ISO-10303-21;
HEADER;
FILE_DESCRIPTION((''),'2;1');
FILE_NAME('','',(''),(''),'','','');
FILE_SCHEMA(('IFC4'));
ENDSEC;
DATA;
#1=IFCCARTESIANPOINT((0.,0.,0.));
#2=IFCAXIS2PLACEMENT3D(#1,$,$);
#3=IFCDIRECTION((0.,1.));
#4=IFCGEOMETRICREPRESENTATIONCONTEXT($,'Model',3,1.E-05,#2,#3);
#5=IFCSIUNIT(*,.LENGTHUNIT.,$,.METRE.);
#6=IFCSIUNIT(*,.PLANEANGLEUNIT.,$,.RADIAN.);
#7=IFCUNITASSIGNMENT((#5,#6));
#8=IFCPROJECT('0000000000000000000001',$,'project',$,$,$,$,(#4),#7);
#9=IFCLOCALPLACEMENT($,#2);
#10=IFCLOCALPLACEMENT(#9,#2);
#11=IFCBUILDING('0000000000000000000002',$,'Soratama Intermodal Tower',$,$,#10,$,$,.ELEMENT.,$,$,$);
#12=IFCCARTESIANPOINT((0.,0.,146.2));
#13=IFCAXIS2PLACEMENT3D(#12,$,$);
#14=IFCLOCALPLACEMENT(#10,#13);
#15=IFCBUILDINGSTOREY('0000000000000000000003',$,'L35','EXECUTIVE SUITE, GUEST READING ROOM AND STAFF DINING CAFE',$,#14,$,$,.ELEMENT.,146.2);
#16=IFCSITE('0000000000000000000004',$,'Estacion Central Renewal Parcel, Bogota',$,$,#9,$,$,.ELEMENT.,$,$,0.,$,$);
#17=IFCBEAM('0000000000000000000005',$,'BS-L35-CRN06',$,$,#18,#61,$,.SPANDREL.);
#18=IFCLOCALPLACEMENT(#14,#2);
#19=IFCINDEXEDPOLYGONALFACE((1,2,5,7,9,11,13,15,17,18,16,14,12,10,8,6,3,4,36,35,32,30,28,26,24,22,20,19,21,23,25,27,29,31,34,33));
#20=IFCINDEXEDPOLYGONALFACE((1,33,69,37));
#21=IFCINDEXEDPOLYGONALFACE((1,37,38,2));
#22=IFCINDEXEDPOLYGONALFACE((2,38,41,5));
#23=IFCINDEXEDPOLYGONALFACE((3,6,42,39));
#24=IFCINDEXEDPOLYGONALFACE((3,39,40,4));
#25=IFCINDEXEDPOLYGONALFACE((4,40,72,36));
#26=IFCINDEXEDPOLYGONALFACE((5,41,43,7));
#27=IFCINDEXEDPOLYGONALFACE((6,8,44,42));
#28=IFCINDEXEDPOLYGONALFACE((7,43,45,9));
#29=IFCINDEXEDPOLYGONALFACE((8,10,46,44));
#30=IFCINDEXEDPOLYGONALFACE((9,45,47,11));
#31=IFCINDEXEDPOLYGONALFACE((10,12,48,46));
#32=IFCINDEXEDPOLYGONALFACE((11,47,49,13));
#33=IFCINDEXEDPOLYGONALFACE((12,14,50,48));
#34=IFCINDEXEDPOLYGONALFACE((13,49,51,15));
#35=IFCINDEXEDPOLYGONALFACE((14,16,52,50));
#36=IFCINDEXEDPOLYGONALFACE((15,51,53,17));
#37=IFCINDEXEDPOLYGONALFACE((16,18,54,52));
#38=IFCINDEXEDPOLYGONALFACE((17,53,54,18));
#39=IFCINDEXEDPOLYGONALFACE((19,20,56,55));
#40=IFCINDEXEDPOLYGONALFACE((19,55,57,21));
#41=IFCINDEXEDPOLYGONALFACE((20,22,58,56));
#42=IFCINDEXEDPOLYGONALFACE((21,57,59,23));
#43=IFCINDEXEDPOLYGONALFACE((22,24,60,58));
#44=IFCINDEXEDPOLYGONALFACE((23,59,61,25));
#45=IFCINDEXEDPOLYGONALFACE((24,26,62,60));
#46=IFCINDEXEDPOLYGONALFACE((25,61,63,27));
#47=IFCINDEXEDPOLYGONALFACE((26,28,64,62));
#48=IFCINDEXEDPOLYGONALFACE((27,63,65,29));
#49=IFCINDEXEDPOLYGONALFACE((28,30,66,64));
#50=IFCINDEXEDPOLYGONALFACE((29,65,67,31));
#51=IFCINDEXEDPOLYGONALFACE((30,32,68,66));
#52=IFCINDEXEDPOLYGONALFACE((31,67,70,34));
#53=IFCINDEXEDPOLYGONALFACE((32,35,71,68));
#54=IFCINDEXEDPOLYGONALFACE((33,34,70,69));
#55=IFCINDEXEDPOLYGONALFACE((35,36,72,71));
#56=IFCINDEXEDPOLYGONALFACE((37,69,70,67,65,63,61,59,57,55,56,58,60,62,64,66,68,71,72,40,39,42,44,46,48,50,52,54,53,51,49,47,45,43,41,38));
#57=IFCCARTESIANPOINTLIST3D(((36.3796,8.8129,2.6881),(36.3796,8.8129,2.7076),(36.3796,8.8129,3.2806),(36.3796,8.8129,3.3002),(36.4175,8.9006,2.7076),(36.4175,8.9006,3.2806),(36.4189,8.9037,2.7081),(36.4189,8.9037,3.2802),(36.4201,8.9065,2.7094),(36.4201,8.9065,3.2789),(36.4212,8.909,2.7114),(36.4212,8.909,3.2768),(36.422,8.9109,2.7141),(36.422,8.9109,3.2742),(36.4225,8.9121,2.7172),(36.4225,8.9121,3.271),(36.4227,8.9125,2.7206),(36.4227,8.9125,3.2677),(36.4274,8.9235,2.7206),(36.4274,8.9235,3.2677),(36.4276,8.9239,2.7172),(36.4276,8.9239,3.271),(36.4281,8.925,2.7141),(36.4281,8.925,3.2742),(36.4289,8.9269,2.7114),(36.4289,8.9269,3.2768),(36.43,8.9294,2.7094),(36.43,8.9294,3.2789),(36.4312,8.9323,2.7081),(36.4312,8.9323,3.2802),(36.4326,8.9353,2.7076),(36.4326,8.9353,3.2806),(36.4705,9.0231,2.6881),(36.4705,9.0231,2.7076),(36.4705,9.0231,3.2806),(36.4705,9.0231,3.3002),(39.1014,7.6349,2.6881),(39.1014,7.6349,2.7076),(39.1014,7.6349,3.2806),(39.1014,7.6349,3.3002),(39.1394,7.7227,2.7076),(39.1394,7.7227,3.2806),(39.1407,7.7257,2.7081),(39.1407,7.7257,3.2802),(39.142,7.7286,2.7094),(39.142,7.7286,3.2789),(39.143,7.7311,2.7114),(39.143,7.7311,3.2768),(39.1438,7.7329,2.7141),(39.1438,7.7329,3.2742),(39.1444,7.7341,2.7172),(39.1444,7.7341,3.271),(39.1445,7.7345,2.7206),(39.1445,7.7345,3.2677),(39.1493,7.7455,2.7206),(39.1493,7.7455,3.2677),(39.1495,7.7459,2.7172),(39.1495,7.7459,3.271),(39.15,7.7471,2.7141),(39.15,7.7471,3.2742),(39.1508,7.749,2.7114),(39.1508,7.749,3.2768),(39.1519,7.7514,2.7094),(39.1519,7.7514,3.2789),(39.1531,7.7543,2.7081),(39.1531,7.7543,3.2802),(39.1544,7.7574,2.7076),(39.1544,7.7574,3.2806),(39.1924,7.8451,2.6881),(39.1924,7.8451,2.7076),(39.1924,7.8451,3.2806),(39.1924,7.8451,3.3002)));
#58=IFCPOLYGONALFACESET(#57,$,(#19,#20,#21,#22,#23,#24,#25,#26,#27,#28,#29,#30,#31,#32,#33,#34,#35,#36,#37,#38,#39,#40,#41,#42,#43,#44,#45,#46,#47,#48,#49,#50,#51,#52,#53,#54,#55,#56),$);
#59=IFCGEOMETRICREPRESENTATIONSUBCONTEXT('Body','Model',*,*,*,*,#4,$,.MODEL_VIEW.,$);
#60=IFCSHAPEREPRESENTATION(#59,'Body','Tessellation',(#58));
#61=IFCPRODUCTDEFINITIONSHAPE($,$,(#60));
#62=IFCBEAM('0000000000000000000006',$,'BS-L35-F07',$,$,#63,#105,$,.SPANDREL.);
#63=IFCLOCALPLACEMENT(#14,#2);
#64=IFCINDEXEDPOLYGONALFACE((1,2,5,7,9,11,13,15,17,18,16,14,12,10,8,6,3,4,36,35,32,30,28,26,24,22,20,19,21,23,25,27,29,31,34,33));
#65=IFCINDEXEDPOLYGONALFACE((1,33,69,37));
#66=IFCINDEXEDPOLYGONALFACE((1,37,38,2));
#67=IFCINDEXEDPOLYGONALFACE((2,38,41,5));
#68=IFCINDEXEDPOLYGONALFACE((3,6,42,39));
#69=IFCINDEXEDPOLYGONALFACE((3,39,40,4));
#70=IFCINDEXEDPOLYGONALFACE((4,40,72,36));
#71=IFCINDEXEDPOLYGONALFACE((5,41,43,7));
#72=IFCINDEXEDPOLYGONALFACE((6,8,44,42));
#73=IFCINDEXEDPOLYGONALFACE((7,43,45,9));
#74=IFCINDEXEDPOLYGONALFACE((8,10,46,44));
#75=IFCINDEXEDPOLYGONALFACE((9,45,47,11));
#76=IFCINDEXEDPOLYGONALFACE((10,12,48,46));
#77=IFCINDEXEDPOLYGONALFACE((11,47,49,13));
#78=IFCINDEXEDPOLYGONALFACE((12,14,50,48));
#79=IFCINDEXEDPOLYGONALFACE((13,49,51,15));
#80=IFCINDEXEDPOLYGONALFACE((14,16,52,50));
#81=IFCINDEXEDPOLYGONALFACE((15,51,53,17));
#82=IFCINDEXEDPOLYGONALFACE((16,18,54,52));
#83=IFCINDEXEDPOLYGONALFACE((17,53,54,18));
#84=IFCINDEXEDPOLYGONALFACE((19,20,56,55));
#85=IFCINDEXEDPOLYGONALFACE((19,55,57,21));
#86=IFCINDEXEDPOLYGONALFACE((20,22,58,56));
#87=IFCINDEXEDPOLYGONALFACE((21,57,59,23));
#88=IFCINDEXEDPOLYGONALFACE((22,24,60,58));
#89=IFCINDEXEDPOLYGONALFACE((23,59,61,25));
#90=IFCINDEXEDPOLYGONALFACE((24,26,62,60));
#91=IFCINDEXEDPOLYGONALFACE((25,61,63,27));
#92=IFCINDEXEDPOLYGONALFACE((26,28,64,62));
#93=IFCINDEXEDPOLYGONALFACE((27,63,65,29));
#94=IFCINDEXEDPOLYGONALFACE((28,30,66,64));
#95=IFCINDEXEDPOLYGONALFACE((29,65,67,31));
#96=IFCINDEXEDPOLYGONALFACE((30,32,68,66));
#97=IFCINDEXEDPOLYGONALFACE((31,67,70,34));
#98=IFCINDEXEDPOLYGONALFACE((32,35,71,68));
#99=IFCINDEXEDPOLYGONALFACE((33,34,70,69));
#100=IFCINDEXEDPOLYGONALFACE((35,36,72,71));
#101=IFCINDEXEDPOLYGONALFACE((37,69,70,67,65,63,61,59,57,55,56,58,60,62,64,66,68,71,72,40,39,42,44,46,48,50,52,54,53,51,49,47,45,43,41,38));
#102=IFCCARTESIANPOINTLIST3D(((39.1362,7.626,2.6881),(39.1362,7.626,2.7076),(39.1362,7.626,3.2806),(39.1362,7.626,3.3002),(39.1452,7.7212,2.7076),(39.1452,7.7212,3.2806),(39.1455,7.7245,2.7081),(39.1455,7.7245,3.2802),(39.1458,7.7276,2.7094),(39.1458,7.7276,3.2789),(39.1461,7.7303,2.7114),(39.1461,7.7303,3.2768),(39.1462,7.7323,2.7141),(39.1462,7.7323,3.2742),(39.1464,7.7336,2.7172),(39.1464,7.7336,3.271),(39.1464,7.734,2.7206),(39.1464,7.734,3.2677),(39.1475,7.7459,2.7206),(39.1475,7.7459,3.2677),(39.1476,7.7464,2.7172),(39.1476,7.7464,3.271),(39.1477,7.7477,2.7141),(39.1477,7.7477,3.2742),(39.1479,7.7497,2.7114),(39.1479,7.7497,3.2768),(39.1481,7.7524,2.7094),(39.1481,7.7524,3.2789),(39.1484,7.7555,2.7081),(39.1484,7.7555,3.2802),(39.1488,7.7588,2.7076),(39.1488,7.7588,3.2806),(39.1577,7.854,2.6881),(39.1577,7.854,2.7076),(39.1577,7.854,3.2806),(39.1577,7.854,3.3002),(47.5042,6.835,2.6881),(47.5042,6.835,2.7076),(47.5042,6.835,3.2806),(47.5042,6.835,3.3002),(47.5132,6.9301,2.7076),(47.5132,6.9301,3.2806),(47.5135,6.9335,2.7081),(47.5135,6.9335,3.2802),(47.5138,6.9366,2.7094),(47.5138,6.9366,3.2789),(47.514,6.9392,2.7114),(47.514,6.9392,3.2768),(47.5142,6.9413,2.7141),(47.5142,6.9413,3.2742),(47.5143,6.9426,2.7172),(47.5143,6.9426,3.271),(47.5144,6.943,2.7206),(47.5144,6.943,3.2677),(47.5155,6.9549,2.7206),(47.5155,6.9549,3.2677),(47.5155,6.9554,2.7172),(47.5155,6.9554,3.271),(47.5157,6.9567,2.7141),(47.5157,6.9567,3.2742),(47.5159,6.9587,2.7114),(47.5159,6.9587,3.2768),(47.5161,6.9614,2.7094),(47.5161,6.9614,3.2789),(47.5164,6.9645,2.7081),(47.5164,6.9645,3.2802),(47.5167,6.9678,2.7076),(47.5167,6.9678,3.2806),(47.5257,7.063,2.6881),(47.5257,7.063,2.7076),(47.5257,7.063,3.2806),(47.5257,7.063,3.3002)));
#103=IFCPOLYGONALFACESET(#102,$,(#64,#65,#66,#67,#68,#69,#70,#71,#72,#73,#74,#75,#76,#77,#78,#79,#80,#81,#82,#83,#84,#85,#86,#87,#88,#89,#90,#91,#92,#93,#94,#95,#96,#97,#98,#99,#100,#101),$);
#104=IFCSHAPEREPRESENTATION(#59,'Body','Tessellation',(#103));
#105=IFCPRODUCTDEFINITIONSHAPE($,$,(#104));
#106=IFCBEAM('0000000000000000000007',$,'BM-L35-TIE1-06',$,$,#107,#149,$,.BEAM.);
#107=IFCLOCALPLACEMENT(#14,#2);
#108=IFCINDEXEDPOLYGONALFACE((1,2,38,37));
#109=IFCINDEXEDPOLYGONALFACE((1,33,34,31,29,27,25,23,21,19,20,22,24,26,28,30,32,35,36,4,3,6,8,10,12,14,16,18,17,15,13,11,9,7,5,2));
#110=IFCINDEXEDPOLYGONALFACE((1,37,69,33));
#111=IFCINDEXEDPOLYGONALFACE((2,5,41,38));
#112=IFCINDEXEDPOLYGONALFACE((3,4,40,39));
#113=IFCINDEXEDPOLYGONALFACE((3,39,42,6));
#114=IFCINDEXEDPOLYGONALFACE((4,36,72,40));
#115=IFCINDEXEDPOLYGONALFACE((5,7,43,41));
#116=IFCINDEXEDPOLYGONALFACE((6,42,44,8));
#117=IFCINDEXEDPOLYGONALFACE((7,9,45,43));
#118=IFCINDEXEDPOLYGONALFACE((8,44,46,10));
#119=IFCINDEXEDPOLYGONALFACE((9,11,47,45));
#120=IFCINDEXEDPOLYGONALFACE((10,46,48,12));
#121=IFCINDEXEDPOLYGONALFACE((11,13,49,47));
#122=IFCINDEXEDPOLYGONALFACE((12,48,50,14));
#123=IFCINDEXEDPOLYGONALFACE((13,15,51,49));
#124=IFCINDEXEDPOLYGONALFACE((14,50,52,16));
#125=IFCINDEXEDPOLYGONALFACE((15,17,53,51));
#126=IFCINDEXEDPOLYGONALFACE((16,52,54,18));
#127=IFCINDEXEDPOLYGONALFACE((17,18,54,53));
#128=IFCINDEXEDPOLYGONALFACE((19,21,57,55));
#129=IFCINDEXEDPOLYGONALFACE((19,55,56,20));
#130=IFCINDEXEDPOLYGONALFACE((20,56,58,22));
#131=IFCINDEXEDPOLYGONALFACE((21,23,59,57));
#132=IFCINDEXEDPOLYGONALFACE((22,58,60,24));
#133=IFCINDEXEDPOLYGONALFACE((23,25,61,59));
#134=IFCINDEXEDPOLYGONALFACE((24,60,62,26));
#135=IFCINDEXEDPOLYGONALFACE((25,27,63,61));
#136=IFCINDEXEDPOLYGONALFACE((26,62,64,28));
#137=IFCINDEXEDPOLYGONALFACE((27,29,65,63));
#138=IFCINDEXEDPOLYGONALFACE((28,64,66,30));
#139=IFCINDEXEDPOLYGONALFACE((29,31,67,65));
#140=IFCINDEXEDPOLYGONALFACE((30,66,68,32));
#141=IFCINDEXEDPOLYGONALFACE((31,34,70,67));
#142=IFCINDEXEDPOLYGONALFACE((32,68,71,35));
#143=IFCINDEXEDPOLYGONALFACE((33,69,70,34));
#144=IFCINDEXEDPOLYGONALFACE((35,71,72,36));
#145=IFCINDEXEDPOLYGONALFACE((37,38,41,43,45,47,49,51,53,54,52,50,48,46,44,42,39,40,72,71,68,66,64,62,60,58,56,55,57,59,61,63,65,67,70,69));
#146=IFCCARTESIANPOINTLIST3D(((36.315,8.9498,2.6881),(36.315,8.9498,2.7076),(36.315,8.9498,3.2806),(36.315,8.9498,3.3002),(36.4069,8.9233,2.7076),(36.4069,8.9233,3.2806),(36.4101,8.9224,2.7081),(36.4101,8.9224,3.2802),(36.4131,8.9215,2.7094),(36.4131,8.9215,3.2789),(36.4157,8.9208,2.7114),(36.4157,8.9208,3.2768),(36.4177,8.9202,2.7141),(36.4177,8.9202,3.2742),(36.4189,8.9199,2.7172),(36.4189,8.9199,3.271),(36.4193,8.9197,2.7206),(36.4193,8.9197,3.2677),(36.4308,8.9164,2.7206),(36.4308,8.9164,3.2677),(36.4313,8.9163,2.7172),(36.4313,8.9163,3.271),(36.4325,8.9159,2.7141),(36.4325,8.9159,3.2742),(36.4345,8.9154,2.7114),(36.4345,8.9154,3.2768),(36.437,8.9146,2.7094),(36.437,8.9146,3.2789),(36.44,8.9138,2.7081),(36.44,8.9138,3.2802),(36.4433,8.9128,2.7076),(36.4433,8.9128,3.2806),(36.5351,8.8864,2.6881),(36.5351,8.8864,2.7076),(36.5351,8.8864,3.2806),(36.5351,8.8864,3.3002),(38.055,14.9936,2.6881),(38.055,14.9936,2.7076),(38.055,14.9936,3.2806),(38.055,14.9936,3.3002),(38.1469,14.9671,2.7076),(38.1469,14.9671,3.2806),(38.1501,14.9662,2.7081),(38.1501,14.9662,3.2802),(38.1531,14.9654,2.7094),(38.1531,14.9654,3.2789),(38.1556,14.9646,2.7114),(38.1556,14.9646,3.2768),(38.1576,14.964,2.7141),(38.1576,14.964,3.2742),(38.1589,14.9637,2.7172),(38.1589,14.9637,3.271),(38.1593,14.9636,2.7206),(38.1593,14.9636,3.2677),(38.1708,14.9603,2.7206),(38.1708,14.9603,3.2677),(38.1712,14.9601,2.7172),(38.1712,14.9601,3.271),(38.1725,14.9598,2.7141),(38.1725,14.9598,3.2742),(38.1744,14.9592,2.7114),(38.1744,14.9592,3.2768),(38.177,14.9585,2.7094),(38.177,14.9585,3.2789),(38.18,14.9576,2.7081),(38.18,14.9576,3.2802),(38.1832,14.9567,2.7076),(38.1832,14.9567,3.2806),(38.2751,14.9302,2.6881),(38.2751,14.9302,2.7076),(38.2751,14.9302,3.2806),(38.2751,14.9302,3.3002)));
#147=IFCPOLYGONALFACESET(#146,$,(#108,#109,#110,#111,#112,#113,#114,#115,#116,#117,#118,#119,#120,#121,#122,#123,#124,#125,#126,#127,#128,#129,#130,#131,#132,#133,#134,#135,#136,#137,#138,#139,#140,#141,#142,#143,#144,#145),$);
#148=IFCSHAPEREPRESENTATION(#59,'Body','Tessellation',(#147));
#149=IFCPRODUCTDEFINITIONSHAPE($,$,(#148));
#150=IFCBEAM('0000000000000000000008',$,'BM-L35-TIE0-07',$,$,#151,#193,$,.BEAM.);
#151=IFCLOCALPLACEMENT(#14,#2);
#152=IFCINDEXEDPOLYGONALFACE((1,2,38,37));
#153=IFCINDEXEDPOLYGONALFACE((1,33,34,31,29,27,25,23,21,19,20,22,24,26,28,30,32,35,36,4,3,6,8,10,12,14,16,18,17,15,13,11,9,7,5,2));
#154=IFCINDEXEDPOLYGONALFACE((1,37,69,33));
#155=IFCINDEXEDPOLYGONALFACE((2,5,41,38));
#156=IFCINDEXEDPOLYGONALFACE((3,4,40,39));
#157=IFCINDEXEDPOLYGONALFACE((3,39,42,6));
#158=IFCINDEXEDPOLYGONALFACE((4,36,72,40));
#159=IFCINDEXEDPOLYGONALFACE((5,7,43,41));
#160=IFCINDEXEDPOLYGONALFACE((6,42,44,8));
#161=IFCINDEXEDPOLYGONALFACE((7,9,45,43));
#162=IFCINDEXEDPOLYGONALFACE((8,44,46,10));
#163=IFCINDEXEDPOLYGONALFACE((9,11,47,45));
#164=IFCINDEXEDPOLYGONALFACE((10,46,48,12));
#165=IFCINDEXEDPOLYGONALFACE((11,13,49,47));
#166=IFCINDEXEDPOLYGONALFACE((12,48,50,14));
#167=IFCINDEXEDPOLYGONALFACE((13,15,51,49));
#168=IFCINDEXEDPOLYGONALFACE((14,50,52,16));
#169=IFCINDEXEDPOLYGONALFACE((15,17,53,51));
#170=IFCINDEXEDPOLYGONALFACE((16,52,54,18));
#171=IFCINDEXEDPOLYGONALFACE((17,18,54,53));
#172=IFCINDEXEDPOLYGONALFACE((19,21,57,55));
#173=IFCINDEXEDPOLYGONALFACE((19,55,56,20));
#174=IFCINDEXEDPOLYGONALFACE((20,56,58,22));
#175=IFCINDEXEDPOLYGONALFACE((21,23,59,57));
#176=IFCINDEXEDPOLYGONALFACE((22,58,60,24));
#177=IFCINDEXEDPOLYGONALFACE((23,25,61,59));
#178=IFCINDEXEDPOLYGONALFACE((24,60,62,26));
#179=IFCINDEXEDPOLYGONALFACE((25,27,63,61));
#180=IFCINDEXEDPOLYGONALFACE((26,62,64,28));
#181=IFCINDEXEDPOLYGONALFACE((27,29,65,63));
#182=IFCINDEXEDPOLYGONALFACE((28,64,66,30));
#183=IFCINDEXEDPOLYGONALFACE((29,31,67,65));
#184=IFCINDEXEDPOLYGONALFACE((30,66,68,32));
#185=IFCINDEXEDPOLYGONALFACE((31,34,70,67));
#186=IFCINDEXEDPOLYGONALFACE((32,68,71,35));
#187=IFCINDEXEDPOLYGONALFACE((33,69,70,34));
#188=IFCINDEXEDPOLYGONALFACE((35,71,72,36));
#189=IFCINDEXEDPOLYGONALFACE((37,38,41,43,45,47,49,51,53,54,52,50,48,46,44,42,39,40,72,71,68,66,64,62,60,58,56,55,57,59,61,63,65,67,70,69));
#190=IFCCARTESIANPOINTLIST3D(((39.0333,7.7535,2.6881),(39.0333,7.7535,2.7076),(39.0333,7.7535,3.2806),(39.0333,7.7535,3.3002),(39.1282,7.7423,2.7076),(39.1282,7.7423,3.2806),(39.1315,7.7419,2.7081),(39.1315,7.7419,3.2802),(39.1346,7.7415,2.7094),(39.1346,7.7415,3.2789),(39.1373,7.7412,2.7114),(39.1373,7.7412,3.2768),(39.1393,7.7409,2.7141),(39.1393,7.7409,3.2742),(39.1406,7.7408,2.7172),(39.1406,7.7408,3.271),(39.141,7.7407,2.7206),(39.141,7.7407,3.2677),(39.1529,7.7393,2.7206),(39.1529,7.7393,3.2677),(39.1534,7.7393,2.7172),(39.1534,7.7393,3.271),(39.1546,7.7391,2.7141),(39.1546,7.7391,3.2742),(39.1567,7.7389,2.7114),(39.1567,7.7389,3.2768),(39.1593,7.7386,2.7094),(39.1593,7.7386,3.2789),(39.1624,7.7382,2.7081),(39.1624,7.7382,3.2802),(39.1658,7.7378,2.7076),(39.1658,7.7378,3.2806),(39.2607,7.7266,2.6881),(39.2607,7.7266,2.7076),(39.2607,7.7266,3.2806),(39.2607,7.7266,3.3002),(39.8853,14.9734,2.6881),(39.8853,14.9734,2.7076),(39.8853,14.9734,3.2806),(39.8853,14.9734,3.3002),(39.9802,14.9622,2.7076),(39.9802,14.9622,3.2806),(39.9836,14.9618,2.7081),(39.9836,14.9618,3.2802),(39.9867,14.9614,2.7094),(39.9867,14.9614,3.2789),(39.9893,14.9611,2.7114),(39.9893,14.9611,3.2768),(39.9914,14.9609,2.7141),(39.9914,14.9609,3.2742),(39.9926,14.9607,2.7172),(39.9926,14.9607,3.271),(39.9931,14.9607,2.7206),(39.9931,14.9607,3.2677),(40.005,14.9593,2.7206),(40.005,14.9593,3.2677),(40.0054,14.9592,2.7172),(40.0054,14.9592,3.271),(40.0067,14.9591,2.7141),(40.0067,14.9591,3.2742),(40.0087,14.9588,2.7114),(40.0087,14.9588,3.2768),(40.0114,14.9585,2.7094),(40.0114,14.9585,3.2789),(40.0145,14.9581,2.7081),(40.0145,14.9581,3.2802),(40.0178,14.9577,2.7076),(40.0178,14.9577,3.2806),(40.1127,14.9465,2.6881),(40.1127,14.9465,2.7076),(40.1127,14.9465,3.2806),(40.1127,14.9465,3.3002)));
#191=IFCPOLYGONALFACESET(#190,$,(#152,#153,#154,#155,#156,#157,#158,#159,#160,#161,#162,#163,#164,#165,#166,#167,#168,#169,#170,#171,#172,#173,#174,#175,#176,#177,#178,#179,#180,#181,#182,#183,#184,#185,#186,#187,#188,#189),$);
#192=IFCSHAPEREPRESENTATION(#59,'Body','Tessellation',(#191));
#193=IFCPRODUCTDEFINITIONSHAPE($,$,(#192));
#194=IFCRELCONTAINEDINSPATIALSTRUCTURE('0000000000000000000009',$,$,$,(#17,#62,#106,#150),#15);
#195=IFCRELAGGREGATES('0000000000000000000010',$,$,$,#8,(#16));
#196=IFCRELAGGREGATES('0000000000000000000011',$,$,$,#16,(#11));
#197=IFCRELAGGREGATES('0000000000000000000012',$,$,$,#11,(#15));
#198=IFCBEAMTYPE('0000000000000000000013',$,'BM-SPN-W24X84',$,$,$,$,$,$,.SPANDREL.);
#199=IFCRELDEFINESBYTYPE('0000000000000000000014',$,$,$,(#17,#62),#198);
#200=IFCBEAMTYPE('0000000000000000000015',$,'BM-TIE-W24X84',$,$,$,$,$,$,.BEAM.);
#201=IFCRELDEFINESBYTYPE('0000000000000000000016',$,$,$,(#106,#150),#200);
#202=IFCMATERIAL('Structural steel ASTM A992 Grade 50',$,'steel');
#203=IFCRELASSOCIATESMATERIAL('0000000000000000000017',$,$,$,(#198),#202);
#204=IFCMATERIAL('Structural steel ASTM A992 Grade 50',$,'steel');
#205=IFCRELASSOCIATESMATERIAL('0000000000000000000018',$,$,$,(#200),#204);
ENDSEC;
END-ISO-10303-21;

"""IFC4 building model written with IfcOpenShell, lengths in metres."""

from ifc_helpers import new_model, si_unit, direction, frame, origin, origin_2d, place, context, subcontext, project, spatial, i_section, extrude, material, material_profile, profile_set, type_object, element, save


model = new_model("IFC4")

# Units and contexts
model_context = context("Model", 3, precision=1e-05, world=origin(), true_north=direction((0.0, 1.0)))
body_context = subcontext(model_context, "Body", "Model", "MODEL_VIEW")
ifc_project = project(units=[si_unit("LENGTHUNIT", "METRE"), si_unit("PLANEANGLEUNIT", "RADIAN")], contexts=[model_context])

# Site, building, storey
site_placement = place(None, origin())
site = spatial("IfcSite", under=ifc_project, at=site_placement, Name="Estacion Central Renewal Parcel, Bogota", CompositionType="ELEMENT", RefElevation=0.0)
building_placement = place(site_placement, origin())
building = spatial("IfcBuilding", under=site, at=building_placement, Name="Soratama Intermodal Tower", CompositionType="ELEMENT")
storey_placement = place(building_placement, frame((0.0, 0.0, 146.2)))
storey = spatial("IfcBuildingStorey", under=building, at=storey_placement, Name="L35", Description="EXECUTIVE SUITE, GUEST READING ROOM AND STAFF DINING CAFE", CompositionType="ELEMENT", Elevation=146.2)

# Beams
ifc_material_1 = material(Name="Structural steel ASTM A992 Grade 50", Category="steel")
ifc_material_profile_1 = material_profile(ifc_material_1, i_section(OverallWidth=0.229, OverallDepth=0.6121, WebThickness=0.012, FlangeThickness=0.0195, FilletRadius=0.0129, at=origin_2d()), Name="W24X84")
ifc_profile_set_1 = profile_set([ifc_material_profile_1], Name="Structural steel ASTM A992 Grade 50")
beam_type_1 = type_object("IfcBeamType", Name="BM-SPN-W24X84", PredefinedType="SPANDREL", material=ifc_profile_set_1)
beam_1_placement = place(storey_placement, frame((36.425, 8.918, 2.9941), z_axis=(0.917743, -0.397175, 0.0), x_axis=(0.397175, 0.917743, 0.0)))
element("IfcBeam", 1, at=beam_1_placement, inside=storey, type_object=beam_type_1, Name="BS-L35-CRN06", PredefinedType="SPANDREL", context=body_context, shape_type="SweptSolid", body=[
    extrude(i_section(OverallWidth=0.229, OverallDepth=0.6121, WebThickness=0.012, FlangeThickness=0.0195, FilletRadius=0.0129, at=origin_2d()), origin(), (0.0, 0.0, 1.0), 2.9658),
])
beam_2_placement = place(storey_placement, frame((39.147, 7.74, 2.9941), z_axis=(0.995562, -0.09411, 0.0), x_axis=(0.09411, 0.995562, 0.0)))
element("IfcBeam", 2, at=beam_2_placement, inside=storey, type_object=beam_type_1, Name="BS-L35-F07", PredefinedType="SPANDREL", context=body_context, shape_type="SweptSolid", body=[
    extrude(i_section(OverallWidth=0.229, OverallDepth=0.6121, WebThickness=0.012, FlangeThickness=0.0195, FilletRadius=0.0129, at=origin_2d()), origin(), (0.0, 0.0, 1.0), 8.4053),
])
ifc_material_2 = material(Name="Structural steel ASTM A992 Grade 50", Category="steel")
ifc_material_profile_2 = material_profile(ifc_material_2, i_section(OverallWidth=0.229, OverallDepth=0.6121, WebThickness=0.012, FlangeThickness=0.0195, FilletRadius=0.0129, at=origin_2d()), Name="W24X84")
ifc_profile_set_2 = profile_set([ifc_material_profile_2], Name="Structural steel ASTM A992 Grade 50")
beam_type_2 = type_object("IfcBeamType", Name="BM-TIE-W24X84", PredefinedType="BEAM", material=ifc_profile_set_2)
beam_3_placement = place(storey_placement, frame((38.165, 14.9619, 2.9941), z_axis=(-0.276653, -0.96097, 0.0), x_axis=(0.96097, -0.276653, 0.0)))
element("IfcBeam", 3, at=beam_3_placement, inside=storey, type_object=beam_type_2, Name="BM-L35-TIE1-06", PredefinedType="BEAM", context=body_context, shape_type="SweptSolid", body=[
    extrude(i_section(OverallWidth=0.229, OverallDepth=0.6121, WebThickness=0.012, FlangeThickness=0.0195, FilletRadius=0.0129, at=origin_2d()), origin(), (0.0, 0.0, 1.0), 6.2893),
])
beam_4_placement = place(storey_placement, frame((39.999, 14.96, 2.9941), z_axis=(-0.1172, -0.993108, 0.0), x_axis=(0.993108, -0.1172, 0.0)))
element("IfcBeam", 4, at=beam_4_placement, inside=storey, type_object=beam_type_2, Name="BM-L35-TIE0-07", PredefinedType="BEAM", context=body_context, shape_type="SweptSolid", body=[
    extrude(i_section(OverallWidth=0.229, OverallDepth=0.6121, WebThickness=0.012, FlangeThickness=0.0195, FilletRadius=0.0129, at=origin_2d()), origin(), (0.0, 0.0, 1.0), 7.27),
])

save(model, "model.ifc")
